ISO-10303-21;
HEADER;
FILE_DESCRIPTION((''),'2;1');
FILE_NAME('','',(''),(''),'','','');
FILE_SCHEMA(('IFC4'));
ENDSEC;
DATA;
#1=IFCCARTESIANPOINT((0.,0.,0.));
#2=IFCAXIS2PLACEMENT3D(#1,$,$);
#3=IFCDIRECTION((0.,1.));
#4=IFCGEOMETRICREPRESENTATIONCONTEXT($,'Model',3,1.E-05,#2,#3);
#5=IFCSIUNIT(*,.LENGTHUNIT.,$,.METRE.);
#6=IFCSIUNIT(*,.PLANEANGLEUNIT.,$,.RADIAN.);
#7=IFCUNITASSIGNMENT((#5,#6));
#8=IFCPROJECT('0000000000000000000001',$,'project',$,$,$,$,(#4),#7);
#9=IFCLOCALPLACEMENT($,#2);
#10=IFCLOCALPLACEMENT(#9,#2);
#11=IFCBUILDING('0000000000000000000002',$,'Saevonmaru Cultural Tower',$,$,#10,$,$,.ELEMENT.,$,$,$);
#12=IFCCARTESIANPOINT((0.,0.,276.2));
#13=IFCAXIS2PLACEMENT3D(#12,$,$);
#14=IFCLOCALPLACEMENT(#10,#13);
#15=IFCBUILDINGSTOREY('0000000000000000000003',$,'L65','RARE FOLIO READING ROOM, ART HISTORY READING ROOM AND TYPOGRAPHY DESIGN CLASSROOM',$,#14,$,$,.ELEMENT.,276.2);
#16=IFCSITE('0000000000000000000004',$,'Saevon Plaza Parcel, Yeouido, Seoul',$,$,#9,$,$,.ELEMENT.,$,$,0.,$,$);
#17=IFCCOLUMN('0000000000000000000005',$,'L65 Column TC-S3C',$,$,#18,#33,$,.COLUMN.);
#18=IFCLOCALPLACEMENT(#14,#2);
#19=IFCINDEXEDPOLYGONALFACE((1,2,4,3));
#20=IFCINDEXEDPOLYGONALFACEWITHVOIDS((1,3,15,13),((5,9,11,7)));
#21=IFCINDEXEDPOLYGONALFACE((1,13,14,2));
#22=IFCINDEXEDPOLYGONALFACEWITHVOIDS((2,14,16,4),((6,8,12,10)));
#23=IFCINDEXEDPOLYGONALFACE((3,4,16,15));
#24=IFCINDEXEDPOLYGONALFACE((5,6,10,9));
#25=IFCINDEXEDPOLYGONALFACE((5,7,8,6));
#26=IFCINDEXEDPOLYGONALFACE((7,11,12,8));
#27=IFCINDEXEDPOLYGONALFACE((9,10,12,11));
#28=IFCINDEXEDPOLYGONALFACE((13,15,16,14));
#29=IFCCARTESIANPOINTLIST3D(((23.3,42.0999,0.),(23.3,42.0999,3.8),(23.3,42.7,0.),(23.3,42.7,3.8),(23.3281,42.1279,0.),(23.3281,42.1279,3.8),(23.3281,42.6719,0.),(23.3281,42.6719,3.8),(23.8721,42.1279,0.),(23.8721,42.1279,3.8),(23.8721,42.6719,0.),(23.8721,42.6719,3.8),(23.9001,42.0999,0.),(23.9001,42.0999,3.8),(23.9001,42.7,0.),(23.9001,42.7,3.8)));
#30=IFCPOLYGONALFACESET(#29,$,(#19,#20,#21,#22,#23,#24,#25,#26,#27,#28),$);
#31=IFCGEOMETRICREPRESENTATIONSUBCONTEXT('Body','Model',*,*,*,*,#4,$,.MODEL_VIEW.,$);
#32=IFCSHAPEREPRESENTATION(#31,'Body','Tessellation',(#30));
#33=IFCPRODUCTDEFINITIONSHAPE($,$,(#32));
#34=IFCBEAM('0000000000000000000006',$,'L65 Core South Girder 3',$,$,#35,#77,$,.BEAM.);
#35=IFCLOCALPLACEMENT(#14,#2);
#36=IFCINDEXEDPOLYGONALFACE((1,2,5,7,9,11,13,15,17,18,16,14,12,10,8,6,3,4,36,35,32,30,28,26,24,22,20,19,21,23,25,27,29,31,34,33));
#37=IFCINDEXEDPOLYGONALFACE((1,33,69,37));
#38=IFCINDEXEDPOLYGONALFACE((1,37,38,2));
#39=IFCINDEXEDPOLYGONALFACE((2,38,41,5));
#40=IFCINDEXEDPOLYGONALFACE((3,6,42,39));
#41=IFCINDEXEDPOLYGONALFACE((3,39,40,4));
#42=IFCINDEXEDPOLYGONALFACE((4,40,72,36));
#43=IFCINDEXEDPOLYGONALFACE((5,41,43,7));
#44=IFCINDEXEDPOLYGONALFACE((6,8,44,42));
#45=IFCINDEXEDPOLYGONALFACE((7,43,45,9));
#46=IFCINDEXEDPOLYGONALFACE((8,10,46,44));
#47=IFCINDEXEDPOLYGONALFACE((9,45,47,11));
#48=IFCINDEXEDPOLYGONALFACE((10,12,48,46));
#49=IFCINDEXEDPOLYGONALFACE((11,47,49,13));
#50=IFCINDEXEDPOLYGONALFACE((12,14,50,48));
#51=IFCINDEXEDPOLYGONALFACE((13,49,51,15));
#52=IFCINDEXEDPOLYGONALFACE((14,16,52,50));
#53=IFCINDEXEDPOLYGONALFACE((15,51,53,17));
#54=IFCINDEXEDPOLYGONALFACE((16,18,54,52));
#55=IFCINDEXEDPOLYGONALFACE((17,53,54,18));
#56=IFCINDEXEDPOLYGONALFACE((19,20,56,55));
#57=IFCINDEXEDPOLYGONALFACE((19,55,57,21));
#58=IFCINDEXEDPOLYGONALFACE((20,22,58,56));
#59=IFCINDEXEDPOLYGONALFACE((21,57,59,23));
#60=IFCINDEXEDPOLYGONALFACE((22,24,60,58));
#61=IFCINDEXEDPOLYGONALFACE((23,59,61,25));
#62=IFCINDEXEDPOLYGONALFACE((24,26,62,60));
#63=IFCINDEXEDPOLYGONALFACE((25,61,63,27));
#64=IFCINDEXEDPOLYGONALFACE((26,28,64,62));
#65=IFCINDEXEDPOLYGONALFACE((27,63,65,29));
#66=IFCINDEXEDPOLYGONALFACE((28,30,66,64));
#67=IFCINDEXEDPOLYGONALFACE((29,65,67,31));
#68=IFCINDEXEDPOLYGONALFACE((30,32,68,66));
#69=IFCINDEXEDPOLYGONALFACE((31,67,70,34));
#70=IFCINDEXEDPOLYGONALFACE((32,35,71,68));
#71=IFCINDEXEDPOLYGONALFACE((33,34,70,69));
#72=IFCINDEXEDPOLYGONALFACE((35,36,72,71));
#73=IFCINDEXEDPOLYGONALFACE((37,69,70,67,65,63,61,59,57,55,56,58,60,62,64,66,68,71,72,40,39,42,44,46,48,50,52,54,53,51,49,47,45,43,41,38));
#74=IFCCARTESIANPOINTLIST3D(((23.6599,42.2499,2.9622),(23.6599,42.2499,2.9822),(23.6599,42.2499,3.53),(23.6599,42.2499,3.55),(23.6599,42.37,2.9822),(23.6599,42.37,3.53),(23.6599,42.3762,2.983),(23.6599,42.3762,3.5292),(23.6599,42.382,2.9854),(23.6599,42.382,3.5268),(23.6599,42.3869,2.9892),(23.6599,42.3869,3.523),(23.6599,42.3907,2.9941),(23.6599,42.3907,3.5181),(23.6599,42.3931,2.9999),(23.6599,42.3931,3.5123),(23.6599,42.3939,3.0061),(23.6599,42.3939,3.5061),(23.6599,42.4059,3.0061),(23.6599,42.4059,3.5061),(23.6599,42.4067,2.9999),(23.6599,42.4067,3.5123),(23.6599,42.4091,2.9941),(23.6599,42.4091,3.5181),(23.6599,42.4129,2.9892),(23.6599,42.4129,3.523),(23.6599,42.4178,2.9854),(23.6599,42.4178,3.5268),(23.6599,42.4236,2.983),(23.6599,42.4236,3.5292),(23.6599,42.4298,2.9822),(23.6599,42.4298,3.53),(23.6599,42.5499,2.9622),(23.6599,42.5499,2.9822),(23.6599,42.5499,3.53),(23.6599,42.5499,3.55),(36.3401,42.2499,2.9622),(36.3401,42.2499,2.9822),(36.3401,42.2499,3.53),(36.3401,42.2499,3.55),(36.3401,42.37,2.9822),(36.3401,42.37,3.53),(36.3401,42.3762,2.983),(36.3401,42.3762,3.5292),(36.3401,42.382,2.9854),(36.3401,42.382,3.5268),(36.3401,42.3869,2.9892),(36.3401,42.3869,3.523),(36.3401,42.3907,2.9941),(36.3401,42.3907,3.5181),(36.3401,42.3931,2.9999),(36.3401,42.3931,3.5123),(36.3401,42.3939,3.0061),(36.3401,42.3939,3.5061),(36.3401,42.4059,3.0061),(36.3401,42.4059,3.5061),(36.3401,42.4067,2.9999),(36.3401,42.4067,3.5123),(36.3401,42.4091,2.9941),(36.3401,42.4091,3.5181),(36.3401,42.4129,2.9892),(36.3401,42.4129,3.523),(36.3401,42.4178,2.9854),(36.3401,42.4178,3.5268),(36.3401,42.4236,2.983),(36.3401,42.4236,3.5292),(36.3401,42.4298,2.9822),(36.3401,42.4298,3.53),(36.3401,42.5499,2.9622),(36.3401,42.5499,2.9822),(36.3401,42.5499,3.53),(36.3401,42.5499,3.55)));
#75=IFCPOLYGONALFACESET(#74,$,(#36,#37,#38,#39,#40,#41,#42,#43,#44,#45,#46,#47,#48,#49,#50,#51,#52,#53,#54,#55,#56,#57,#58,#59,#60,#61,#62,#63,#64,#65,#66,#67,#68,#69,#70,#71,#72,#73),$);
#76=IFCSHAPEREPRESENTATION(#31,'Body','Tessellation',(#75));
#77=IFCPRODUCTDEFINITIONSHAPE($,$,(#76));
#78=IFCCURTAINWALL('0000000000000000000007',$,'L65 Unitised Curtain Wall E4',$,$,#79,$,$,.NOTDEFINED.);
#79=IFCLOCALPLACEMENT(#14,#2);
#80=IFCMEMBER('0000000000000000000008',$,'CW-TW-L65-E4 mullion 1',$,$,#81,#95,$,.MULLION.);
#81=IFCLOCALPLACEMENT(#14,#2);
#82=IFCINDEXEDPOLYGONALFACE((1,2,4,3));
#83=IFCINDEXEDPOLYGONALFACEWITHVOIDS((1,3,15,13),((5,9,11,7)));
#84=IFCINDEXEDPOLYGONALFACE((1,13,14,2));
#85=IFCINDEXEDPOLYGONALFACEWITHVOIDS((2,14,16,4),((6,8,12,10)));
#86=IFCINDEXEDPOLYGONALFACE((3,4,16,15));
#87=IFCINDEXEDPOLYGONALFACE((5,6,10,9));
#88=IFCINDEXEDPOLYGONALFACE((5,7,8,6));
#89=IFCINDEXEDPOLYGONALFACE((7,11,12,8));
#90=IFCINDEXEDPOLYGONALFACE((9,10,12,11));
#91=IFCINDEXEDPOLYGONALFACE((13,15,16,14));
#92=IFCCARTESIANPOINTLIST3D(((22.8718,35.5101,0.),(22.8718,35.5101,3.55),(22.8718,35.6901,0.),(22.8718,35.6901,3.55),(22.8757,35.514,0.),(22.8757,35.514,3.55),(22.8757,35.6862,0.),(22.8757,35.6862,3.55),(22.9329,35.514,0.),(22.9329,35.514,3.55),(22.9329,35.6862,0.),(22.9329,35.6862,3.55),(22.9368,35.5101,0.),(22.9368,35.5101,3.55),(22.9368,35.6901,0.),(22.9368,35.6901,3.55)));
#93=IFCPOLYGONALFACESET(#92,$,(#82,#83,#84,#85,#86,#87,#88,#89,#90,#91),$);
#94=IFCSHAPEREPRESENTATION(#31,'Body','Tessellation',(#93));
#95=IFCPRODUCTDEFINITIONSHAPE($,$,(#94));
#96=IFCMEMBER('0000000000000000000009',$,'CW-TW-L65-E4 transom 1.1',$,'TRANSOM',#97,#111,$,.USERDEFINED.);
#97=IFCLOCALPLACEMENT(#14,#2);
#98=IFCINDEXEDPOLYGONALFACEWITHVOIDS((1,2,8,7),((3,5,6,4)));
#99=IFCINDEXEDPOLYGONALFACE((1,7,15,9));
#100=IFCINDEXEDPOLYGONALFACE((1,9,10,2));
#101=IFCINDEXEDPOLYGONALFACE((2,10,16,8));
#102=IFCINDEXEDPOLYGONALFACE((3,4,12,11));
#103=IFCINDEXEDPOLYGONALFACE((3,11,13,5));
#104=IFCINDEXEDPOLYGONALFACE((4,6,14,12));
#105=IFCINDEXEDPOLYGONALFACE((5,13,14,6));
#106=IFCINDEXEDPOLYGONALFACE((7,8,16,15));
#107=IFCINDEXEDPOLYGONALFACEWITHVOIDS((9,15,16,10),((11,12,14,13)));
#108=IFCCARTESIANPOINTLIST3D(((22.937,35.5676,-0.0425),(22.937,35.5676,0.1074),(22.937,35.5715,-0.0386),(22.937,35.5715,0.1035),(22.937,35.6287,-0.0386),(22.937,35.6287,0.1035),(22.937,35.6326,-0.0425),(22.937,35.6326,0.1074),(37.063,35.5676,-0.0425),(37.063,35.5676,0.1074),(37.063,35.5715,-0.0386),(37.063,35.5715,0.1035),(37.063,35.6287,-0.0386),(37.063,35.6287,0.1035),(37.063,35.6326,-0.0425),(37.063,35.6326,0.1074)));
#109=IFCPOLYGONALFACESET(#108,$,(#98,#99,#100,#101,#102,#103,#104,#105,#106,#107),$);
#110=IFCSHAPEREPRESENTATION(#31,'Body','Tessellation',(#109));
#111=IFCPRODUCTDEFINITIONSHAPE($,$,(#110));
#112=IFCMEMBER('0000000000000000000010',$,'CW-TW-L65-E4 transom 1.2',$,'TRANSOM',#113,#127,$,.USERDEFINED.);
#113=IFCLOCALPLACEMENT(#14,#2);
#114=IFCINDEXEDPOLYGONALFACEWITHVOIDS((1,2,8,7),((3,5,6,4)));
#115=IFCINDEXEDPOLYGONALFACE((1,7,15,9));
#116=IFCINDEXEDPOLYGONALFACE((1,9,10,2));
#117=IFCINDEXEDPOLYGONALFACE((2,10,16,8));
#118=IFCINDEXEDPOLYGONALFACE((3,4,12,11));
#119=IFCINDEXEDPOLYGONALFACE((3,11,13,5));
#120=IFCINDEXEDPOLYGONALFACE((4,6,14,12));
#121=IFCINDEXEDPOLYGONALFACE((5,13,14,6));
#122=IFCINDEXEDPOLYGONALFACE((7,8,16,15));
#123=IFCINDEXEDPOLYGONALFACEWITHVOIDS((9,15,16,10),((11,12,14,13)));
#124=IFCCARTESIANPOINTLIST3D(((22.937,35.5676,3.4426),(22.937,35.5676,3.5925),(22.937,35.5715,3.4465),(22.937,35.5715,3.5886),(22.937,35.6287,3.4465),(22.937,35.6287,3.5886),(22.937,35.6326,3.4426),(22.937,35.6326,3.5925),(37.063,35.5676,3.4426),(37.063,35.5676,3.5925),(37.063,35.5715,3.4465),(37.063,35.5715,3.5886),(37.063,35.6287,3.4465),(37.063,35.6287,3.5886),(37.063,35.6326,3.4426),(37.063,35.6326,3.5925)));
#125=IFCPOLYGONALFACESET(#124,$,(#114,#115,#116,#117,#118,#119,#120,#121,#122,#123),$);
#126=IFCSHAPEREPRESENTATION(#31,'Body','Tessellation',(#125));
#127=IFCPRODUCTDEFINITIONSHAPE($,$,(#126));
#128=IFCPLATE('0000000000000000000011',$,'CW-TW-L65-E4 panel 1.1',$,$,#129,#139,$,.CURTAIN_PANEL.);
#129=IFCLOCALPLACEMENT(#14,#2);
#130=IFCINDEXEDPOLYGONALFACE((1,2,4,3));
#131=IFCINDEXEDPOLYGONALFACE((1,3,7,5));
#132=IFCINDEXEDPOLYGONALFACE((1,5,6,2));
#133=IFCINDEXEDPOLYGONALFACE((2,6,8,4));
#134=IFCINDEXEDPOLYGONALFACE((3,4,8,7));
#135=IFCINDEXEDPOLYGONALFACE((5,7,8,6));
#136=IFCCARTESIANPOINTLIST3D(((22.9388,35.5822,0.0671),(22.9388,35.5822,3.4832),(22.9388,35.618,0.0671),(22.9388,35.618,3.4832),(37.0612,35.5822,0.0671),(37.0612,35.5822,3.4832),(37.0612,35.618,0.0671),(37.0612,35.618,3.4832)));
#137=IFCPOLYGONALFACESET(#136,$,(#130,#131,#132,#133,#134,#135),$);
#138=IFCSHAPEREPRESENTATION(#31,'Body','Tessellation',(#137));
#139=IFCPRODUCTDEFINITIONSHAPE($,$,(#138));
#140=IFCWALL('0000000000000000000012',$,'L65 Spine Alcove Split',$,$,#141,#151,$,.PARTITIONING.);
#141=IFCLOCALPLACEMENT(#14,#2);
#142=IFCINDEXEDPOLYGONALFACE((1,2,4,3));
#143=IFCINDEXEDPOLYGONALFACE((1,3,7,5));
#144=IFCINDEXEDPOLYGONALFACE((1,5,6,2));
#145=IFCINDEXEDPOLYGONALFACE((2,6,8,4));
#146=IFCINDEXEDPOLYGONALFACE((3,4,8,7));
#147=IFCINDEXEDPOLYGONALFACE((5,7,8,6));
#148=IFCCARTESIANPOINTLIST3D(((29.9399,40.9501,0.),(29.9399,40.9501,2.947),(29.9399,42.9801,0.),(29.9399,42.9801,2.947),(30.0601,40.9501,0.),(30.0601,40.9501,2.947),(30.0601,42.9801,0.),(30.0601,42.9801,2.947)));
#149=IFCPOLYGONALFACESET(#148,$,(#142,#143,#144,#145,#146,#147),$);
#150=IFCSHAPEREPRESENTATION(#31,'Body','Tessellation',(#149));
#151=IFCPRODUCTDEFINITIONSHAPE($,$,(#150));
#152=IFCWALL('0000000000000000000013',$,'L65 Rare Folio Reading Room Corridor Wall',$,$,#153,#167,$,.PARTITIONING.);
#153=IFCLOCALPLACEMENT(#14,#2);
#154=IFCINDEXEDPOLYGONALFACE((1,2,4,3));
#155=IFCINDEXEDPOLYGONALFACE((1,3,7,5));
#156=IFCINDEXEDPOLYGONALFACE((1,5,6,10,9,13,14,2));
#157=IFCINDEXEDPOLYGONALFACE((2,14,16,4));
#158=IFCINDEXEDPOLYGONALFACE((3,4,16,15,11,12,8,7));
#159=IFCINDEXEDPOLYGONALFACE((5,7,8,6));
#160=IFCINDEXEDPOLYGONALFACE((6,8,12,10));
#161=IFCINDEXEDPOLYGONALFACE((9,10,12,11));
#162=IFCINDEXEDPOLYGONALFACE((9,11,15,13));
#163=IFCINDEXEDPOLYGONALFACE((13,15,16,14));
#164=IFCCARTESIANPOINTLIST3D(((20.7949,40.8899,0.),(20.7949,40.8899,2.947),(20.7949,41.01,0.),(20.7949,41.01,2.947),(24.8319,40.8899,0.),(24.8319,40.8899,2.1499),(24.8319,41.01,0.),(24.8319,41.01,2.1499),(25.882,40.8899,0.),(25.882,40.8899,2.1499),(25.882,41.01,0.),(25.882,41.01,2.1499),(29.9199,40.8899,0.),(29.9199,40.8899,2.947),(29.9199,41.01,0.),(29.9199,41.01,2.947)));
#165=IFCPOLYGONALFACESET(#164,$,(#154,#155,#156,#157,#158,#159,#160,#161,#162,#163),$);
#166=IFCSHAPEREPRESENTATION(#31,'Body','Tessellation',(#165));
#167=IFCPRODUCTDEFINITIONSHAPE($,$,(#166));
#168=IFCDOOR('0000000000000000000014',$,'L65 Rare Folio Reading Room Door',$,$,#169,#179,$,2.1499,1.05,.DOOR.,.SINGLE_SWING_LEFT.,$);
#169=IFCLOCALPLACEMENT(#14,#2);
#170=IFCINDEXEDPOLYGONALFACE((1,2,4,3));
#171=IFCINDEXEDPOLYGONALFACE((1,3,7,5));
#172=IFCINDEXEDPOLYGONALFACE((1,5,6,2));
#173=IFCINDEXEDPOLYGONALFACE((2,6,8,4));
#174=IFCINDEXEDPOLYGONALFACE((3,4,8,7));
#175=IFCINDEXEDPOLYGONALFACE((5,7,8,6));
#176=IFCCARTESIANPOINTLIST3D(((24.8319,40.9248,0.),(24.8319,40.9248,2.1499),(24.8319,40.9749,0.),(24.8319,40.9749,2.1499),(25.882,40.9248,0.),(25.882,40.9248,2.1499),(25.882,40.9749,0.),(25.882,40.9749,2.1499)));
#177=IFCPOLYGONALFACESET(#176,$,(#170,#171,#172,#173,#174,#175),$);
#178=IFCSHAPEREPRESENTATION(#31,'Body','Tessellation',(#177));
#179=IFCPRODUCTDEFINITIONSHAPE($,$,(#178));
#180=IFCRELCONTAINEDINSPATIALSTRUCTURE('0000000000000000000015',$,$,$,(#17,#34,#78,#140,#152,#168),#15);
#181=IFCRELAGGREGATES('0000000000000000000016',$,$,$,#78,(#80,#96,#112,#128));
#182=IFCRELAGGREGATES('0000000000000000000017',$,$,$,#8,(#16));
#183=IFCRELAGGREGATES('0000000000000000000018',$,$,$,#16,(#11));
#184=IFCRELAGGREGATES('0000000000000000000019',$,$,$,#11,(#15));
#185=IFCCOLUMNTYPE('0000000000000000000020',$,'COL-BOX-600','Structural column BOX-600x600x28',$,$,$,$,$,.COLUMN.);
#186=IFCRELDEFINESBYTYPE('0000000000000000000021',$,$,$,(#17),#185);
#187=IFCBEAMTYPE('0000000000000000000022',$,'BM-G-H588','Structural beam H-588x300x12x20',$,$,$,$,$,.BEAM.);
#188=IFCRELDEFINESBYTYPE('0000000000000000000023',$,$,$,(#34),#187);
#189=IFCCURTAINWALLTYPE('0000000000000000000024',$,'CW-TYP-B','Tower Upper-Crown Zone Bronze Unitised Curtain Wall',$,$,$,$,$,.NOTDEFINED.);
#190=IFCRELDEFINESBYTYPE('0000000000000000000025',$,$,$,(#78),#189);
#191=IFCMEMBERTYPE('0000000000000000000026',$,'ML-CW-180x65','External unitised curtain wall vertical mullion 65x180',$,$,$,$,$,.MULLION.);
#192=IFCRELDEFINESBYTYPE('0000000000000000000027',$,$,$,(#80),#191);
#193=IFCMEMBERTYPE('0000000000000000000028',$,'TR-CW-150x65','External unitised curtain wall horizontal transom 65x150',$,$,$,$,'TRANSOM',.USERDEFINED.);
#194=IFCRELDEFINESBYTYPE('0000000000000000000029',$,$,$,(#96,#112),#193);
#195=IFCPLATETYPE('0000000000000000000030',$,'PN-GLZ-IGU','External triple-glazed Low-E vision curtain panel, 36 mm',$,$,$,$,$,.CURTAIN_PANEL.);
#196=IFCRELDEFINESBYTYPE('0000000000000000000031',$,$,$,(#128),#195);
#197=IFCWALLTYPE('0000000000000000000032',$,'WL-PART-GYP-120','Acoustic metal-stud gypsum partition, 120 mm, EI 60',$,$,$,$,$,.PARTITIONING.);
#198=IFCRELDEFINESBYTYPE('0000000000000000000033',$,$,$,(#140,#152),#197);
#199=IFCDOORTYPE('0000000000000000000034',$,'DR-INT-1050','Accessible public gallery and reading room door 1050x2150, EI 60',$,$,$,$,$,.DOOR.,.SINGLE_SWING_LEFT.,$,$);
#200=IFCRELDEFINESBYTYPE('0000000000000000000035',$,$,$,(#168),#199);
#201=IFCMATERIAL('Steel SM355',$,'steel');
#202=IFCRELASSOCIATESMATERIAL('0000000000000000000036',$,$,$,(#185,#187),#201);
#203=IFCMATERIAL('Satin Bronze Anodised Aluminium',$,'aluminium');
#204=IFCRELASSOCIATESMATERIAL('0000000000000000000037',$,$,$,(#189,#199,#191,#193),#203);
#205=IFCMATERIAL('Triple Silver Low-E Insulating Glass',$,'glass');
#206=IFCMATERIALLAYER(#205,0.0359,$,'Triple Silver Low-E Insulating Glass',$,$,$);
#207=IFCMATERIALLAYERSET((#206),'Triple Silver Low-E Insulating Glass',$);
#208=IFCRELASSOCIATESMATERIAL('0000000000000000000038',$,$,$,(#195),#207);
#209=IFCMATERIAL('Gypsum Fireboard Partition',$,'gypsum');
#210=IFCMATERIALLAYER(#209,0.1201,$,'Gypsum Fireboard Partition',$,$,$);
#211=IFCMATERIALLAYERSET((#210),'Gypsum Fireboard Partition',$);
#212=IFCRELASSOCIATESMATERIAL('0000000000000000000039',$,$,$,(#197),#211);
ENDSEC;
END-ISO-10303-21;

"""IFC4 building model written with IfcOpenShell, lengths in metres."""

from ifc_helpers import new_model, si_unit, direction, frame, frame_2d, origin, origin_2d, place, context, subcontext, project, spatial, rectangle, hollow_rectangle, i_section, extrude, material, layer, layer_set, material_profile, profile_set, type_object, element, fill, aggregate, save


model = new_model("IFC4")

# Units and contexts
model_context = context("Model", 3, precision=1e-05, world=origin(), true_north=direction((0.0, 1.0)))
body_context = subcontext(model_context, "Body", "Model", "MODEL_VIEW")
ifc_project = project(units=[si_unit("LENGTHUNIT", "METRE"), si_unit("PLANEANGLEUNIT", "RADIAN")], contexts=[model_context])

# Site, building, storey
site_placement = place(None, origin())
site = spatial("IfcSite", under=ifc_project, at=site_placement, Name="Saevon Plaza Parcel, Yeouido, Seoul", CompositionType="ELEMENT", RefElevation=0.0)
building_placement = place(site_placement, origin())
building = spatial("IfcBuilding", under=site, at=building_placement, Name="Saevonmaru Cultural Tower", CompositionType="ELEMENT")
storey_placement = place(building_placement, frame((0.0, 0.0, 276.2)))
storey = spatial("IfcBuildingStorey", under=building, at=storey_placement, Name="L65", Description="RARE FOLIO READING ROOM, ART HISTORY READING ROOM AND TYPOGRAPHY DESIGN CLASSROOM", CompositionType="ELEMENT", Elevation=276.2)

# Column
ifc_material_1 = material(Name="Steel SM355", Category="steel")
ifc_material_profile_1 = material_profile(ifc_material_1, hollow_rectangle(XDim=0.6001, YDim=0.6001, WallThickness=0.0281, at=origin_2d()), Name="BOX-600x600x28")
ifc_profile_set_1 = profile_set([ifc_material_profile_1], Name="Steel SM355")
column_type = type_object("IfcColumnType", Name="COL-BOX-600", Description="Structural column BOX-600x600x28", PredefinedType="COLUMN", material=ifc_profile_set_1)
column_placement = place(storey_placement, frame((23.6001, 42.3999, 0.0), z_axis=(0.0, 0.0, 1.0), x_axis=(1.0, 0.0, 0.0)))
element("IfcColumn", 1, at=column_placement, inside=storey, type_object=column_type, Name="L65 Column TC-S3C", PredefinedType="COLUMN", context=body_context, shape_type="SweptSolid", body=[
    extrude(hollow_rectangle(XDim=0.6001, YDim=0.6001, WallThickness=0.0281, at=origin_2d()), origin(), (0.0, 0.0, 1.0), 3.8),
])

# Beam
ifc_material_profile_2 = material_profile(ifc_material_1, i_section(OverallWidth=0.3, OverallDepth=0.5879, WebThickness=0.012, FlangeThickness=0.02, FilletRadius=0.0239, at=origin_2d()), Name="H-588x300x12x20")
ifc_profile_set_2 = profile_set([ifc_material_profile_2], Name="Steel SM355")
beam_type = type_object("IfcBeamType", Name="BM-G-H588", Description="Structural beam H-588x300x12x20", PredefinedType="BEAM", material=ifc_profile_set_2)
beam_placement = place(storey_placement, frame((23.6599, 42.3999, 3.2561), z_axis=(1.0, 0.0, 0.0), x_axis=(0.0, 1.0, 0.0)))
element("IfcBeam", 2, at=beam_placement, inside=storey, type_object=beam_type, Name="L65 Core South Girder 3", PredefinedType="BEAM", context=body_context, shape_type="SweptSolid", body=[
    extrude(i_section(OverallWidth=0.3, OverallDepth=0.5879, WebThickness=0.012, FlangeThickness=0.02, FilletRadius=0.0239, at=origin_2d()), origin(), (0.0, 0.0, 1.0), 12.6802),
])

# Curtain wall, members, plate
ifc_material_2 = material(Name="Satin Bronze Anodised Aluminium", Category="aluminium")
curtain_wall_type = type_object("IfcCurtainWallType", Name="CW-TYP-B", Description="Tower Upper-Crown Zone Bronze Unitised Curtain Wall", PredefinedType="NOTDEFINED", material=ifc_material_2)
curtain_wall_placement = place(storey_placement, origin())
curtain_wall = element("IfcCurtainWall", 3, at=curtain_wall_placement, inside=storey, type_object=curtain_wall_type, Name="L65 Unitised Curtain Wall E4", PredefinedType="NOTDEFINED")
ifc_material_profile_3 = material_profile(ifc_material_2, hollow_rectangle(XDim=0.0649, YDim=0.1799, WallThickness=0.0039, at=origin_2d()), Name="ALU-MULL-180x65x4")
ifc_profile_set_3 = profile_set([ifc_material_profile_3], Name="Satin Bronze Anodised Aluminium")
member_type_1 = type_object("IfcMemberType", Name="ML-CW-180x65", Description="External unitised curtain wall vertical mullion 65x180", PredefinedType="MULLION", material=ifc_profile_set_3)
member_1_placement = place(storey_placement, frame((22.9043, 35.6001, 0.0), z_axis=(0.0, 0.0, 1.0), x_axis=(1.0, 0.0, 0.0)))
member_1 = element("IfcMember", 4, at=member_1_placement, type_object=member_type_1, Name="CW-TW-L65-E4 mullion 1", PredefinedType="MULLION", context=body_context, shape_type="SweptSolid", body=[
    extrude(hollow_rectangle(XDim=0.0649, YDim=0.1799, WallThickness=0.0039, at=origin_2d()), origin(), (0.0, 0.0, 1.0), 3.55),
])
ifc_material_profile_4 = material_profile(ifc_material_2, hollow_rectangle(XDim=0.0649, YDim=0.1499, WallThickness=0.0039, at=origin_2d()), Name="ALU-TRAN-150x65x4")
ifc_profile_set_4 = profile_set([ifc_material_profile_4], Name="Satin Bronze Anodised Aluminium")
member_type_2 = type_object("IfcMemberType", Name="TR-CW-150x65", Description="External unitised curtain wall horizontal transom 65x150", ElementType="TRANSOM", PredefinedType="USERDEFINED", material=ifc_profile_set_4)
member_2_placement = place(storey_placement, frame((22.937, 35.6001, 0.0325), z_axis=(1.0, 0.0, 0.0), x_axis=(0.0, 1.0, 0.0)))
member_2 = element("IfcMember", 5, at=member_2_placement, type_object=member_type_2, Name="CW-TW-L65-E4 transom 1.1", ObjectType="TRANSOM", PredefinedType="USERDEFINED", context=body_context, shape_type="SweptSolid", body=[
    extrude(hollow_rectangle(XDim=0.0649, YDim=0.1499, WallThickness=0.0039, at=origin_2d()), origin(), (0.0, 0.0, 1.0), 14.126),
])
member_3_placement = place(storey_placement, frame((22.937, 35.6001, 3.5176), z_axis=(1.0, 0.0, 0.0), x_axis=(0.0, 1.0, 0.0)))
member_3 = element("IfcMember", 6, at=member_3_placement, type_object=member_type_2, Name="CW-TW-L65-E4 transom 1.2", ObjectType="TRANSOM", PredefinedType="USERDEFINED", context=body_context, shape_type="SweptSolid", body=[
    extrude(hollow_rectangle(XDim=0.0649, YDim=0.1499, WallThickness=0.0039, at=origin_2d()), origin(), (0.0, 0.0, 1.0), 14.126),
])
ifc_material_3 = material(Name="Triple Silver Low-E Insulating Glass", Category="glass")
ifc_layer_1 = layer(ifc_material_3, 0.0359, Name="Triple Silver Low-E Insulating Glass")
ifc_layer_set_1 = layer_set([ifc_layer_1], Name="Triple Silver Low-E Insulating Glass")
plate_type = type_object("IfcPlateType", Name="PN-GLZ-IGU", Description="External triple-glazed Low-E vision curtain panel, 36 mm", PredefinedType="CURTAIN_PANEL", material=ifc_layer_set_1)
plate_placement = place(storey_placement, frame((30.0, 35.6001, 0.0671), z_axis=(0.0, 0.0, 1.0), x_axis=(1.0, 0.0, 0.0)))
plate = element("IfcPlate", 7, at=plate_placement, type_object=plate_type, Name="CW-TW-L65-E4 panel 1.1", PredefinedType="CURTAIN_PANEL", context=body_context, shape_type="SweptSolid", body=[
    extrude(rectangle(XDim=14.1223, YDim=0.0359, at=origin_2d()), origin(), (0.0, 0.0, 1.0), 3.416),
])
aggregate(curtain_wall, [member_1, member_2, member_3, plate])

# Wall
ifc_material_4 = material(Name="Gypsum Fireboard Partition", Category="gypsum")
ifc_layer_2 = layer(ifc_material_4, 0.1201, Name="Gypsum Fireboard Partition")
ifc_layer_set_2 = layer_set([ifc_layer_2], Name="Gypsum Fireboard Partition")
wall_type_1 = type_object("IfcWallType", Name="WL-PART-GYP-120", Description="Acoustic metal-stud gypsum partition, 120 mm, EI 60", PredefinedType="PARTITIONING", material=ifc_layer_set_2)
wall_1_placement = place(storey_placement, frame((30.0, 40.95, 0.0), z_axis=(0.0, 0.0, 1.0), x_axis=(0.0, 1.0, 0.0)))
element("IfcWall", 8, at=wall_1_placement, inside=storey, type_object=wall_type_1, Name="L65 Spine Alcove Split", PredefinedType="PARTITIONING", context=body_context, shape_type="SweptSolid", body=[
    extrude(rectangle(XDim=2.03, YDim=0.1201, at=frame_2d((1.0151, 0.0))), origin(), (0.0, 0.0, 1.0), 2.947),
])

# Wall, opening, door
wall_2_placement = place(storey_placement, frame((20.7949, 40.95, 0.0), z_axis=(0.0, 0.0, 1.0), x_axis=(1.0, 0.0, 0.0)))
wall_2 = element("IfcWall", 9, at=wall_2_placement, inside=storey, type_object=wall_type_1, Name="L65 Rare Folio Reading Room Corridor Wall", PredefinedType="PARTITIONING", context=body_context, shape_type="SweptSolid", body=[
    extrude(rectangle(XDim=9.125, YDim=0.1201, at=frame_2d((4.5625, 0.0))), origin(), (0.0, 0.0, 1.0), 2.947),
])
opening_1_placement = place(wall_2_placement, frame((4.0371, 0.0, 0.0)))
opening_1 = element("IfcOpeningElement", 10, at=opening_1_placement, cuts=wall_2, PredefinedType="OPENING", context=body_context, shape_type="SweptSolid", body=[
    extrude(rectangle(XDim=1.05, YDim=2.1499, at=frame_2d((0.5249, 1.075))), frame((0.0, 0.0701, 0.0), z_axis=(0.0, -1.0, 0.0), x_axis=(1.0, 0.0, 0.0)), (0.0, 0.0, 1.0), 0.1401),
])
door_type_1 = type_object("IfcDoorType", Name="DR-INT-1050", Description="Accessible public gallery and reading room door 1050x2150, EI 60", OperationType="SINGLE_SWING_LEFT", PredefinedType="DOOR", material=ifc_material_2)
door_1_placement = place(opening_1_placement, origin())
door_1 = element("IfcDoor", 11, at=door_1_placement, inside=storey, type_object=door_type_1, Name="L65 Rare Folio Reading Room Door", OperationType="SINGLE_SWING_LEFT", OverallHeight=2.1499, OverallWidth=1.05, PredefinedType="DOOR", context=body_context, shape_type="SweptSolid", body=[
    extrude(rectangle(XDim=1.05, YDim=2.1499, at=frame_2d((0.5249, 1.075))), frame((0.0, 0.0249, 0.0), z_axis=(0.0, -1.0, 0.0), x_axis=(1.0, 0.0, 0.0)), (0.0, 0.0, 1.0), 0.05),
])
fill(opening_1, door_1)

save(model, "model.ifc")
